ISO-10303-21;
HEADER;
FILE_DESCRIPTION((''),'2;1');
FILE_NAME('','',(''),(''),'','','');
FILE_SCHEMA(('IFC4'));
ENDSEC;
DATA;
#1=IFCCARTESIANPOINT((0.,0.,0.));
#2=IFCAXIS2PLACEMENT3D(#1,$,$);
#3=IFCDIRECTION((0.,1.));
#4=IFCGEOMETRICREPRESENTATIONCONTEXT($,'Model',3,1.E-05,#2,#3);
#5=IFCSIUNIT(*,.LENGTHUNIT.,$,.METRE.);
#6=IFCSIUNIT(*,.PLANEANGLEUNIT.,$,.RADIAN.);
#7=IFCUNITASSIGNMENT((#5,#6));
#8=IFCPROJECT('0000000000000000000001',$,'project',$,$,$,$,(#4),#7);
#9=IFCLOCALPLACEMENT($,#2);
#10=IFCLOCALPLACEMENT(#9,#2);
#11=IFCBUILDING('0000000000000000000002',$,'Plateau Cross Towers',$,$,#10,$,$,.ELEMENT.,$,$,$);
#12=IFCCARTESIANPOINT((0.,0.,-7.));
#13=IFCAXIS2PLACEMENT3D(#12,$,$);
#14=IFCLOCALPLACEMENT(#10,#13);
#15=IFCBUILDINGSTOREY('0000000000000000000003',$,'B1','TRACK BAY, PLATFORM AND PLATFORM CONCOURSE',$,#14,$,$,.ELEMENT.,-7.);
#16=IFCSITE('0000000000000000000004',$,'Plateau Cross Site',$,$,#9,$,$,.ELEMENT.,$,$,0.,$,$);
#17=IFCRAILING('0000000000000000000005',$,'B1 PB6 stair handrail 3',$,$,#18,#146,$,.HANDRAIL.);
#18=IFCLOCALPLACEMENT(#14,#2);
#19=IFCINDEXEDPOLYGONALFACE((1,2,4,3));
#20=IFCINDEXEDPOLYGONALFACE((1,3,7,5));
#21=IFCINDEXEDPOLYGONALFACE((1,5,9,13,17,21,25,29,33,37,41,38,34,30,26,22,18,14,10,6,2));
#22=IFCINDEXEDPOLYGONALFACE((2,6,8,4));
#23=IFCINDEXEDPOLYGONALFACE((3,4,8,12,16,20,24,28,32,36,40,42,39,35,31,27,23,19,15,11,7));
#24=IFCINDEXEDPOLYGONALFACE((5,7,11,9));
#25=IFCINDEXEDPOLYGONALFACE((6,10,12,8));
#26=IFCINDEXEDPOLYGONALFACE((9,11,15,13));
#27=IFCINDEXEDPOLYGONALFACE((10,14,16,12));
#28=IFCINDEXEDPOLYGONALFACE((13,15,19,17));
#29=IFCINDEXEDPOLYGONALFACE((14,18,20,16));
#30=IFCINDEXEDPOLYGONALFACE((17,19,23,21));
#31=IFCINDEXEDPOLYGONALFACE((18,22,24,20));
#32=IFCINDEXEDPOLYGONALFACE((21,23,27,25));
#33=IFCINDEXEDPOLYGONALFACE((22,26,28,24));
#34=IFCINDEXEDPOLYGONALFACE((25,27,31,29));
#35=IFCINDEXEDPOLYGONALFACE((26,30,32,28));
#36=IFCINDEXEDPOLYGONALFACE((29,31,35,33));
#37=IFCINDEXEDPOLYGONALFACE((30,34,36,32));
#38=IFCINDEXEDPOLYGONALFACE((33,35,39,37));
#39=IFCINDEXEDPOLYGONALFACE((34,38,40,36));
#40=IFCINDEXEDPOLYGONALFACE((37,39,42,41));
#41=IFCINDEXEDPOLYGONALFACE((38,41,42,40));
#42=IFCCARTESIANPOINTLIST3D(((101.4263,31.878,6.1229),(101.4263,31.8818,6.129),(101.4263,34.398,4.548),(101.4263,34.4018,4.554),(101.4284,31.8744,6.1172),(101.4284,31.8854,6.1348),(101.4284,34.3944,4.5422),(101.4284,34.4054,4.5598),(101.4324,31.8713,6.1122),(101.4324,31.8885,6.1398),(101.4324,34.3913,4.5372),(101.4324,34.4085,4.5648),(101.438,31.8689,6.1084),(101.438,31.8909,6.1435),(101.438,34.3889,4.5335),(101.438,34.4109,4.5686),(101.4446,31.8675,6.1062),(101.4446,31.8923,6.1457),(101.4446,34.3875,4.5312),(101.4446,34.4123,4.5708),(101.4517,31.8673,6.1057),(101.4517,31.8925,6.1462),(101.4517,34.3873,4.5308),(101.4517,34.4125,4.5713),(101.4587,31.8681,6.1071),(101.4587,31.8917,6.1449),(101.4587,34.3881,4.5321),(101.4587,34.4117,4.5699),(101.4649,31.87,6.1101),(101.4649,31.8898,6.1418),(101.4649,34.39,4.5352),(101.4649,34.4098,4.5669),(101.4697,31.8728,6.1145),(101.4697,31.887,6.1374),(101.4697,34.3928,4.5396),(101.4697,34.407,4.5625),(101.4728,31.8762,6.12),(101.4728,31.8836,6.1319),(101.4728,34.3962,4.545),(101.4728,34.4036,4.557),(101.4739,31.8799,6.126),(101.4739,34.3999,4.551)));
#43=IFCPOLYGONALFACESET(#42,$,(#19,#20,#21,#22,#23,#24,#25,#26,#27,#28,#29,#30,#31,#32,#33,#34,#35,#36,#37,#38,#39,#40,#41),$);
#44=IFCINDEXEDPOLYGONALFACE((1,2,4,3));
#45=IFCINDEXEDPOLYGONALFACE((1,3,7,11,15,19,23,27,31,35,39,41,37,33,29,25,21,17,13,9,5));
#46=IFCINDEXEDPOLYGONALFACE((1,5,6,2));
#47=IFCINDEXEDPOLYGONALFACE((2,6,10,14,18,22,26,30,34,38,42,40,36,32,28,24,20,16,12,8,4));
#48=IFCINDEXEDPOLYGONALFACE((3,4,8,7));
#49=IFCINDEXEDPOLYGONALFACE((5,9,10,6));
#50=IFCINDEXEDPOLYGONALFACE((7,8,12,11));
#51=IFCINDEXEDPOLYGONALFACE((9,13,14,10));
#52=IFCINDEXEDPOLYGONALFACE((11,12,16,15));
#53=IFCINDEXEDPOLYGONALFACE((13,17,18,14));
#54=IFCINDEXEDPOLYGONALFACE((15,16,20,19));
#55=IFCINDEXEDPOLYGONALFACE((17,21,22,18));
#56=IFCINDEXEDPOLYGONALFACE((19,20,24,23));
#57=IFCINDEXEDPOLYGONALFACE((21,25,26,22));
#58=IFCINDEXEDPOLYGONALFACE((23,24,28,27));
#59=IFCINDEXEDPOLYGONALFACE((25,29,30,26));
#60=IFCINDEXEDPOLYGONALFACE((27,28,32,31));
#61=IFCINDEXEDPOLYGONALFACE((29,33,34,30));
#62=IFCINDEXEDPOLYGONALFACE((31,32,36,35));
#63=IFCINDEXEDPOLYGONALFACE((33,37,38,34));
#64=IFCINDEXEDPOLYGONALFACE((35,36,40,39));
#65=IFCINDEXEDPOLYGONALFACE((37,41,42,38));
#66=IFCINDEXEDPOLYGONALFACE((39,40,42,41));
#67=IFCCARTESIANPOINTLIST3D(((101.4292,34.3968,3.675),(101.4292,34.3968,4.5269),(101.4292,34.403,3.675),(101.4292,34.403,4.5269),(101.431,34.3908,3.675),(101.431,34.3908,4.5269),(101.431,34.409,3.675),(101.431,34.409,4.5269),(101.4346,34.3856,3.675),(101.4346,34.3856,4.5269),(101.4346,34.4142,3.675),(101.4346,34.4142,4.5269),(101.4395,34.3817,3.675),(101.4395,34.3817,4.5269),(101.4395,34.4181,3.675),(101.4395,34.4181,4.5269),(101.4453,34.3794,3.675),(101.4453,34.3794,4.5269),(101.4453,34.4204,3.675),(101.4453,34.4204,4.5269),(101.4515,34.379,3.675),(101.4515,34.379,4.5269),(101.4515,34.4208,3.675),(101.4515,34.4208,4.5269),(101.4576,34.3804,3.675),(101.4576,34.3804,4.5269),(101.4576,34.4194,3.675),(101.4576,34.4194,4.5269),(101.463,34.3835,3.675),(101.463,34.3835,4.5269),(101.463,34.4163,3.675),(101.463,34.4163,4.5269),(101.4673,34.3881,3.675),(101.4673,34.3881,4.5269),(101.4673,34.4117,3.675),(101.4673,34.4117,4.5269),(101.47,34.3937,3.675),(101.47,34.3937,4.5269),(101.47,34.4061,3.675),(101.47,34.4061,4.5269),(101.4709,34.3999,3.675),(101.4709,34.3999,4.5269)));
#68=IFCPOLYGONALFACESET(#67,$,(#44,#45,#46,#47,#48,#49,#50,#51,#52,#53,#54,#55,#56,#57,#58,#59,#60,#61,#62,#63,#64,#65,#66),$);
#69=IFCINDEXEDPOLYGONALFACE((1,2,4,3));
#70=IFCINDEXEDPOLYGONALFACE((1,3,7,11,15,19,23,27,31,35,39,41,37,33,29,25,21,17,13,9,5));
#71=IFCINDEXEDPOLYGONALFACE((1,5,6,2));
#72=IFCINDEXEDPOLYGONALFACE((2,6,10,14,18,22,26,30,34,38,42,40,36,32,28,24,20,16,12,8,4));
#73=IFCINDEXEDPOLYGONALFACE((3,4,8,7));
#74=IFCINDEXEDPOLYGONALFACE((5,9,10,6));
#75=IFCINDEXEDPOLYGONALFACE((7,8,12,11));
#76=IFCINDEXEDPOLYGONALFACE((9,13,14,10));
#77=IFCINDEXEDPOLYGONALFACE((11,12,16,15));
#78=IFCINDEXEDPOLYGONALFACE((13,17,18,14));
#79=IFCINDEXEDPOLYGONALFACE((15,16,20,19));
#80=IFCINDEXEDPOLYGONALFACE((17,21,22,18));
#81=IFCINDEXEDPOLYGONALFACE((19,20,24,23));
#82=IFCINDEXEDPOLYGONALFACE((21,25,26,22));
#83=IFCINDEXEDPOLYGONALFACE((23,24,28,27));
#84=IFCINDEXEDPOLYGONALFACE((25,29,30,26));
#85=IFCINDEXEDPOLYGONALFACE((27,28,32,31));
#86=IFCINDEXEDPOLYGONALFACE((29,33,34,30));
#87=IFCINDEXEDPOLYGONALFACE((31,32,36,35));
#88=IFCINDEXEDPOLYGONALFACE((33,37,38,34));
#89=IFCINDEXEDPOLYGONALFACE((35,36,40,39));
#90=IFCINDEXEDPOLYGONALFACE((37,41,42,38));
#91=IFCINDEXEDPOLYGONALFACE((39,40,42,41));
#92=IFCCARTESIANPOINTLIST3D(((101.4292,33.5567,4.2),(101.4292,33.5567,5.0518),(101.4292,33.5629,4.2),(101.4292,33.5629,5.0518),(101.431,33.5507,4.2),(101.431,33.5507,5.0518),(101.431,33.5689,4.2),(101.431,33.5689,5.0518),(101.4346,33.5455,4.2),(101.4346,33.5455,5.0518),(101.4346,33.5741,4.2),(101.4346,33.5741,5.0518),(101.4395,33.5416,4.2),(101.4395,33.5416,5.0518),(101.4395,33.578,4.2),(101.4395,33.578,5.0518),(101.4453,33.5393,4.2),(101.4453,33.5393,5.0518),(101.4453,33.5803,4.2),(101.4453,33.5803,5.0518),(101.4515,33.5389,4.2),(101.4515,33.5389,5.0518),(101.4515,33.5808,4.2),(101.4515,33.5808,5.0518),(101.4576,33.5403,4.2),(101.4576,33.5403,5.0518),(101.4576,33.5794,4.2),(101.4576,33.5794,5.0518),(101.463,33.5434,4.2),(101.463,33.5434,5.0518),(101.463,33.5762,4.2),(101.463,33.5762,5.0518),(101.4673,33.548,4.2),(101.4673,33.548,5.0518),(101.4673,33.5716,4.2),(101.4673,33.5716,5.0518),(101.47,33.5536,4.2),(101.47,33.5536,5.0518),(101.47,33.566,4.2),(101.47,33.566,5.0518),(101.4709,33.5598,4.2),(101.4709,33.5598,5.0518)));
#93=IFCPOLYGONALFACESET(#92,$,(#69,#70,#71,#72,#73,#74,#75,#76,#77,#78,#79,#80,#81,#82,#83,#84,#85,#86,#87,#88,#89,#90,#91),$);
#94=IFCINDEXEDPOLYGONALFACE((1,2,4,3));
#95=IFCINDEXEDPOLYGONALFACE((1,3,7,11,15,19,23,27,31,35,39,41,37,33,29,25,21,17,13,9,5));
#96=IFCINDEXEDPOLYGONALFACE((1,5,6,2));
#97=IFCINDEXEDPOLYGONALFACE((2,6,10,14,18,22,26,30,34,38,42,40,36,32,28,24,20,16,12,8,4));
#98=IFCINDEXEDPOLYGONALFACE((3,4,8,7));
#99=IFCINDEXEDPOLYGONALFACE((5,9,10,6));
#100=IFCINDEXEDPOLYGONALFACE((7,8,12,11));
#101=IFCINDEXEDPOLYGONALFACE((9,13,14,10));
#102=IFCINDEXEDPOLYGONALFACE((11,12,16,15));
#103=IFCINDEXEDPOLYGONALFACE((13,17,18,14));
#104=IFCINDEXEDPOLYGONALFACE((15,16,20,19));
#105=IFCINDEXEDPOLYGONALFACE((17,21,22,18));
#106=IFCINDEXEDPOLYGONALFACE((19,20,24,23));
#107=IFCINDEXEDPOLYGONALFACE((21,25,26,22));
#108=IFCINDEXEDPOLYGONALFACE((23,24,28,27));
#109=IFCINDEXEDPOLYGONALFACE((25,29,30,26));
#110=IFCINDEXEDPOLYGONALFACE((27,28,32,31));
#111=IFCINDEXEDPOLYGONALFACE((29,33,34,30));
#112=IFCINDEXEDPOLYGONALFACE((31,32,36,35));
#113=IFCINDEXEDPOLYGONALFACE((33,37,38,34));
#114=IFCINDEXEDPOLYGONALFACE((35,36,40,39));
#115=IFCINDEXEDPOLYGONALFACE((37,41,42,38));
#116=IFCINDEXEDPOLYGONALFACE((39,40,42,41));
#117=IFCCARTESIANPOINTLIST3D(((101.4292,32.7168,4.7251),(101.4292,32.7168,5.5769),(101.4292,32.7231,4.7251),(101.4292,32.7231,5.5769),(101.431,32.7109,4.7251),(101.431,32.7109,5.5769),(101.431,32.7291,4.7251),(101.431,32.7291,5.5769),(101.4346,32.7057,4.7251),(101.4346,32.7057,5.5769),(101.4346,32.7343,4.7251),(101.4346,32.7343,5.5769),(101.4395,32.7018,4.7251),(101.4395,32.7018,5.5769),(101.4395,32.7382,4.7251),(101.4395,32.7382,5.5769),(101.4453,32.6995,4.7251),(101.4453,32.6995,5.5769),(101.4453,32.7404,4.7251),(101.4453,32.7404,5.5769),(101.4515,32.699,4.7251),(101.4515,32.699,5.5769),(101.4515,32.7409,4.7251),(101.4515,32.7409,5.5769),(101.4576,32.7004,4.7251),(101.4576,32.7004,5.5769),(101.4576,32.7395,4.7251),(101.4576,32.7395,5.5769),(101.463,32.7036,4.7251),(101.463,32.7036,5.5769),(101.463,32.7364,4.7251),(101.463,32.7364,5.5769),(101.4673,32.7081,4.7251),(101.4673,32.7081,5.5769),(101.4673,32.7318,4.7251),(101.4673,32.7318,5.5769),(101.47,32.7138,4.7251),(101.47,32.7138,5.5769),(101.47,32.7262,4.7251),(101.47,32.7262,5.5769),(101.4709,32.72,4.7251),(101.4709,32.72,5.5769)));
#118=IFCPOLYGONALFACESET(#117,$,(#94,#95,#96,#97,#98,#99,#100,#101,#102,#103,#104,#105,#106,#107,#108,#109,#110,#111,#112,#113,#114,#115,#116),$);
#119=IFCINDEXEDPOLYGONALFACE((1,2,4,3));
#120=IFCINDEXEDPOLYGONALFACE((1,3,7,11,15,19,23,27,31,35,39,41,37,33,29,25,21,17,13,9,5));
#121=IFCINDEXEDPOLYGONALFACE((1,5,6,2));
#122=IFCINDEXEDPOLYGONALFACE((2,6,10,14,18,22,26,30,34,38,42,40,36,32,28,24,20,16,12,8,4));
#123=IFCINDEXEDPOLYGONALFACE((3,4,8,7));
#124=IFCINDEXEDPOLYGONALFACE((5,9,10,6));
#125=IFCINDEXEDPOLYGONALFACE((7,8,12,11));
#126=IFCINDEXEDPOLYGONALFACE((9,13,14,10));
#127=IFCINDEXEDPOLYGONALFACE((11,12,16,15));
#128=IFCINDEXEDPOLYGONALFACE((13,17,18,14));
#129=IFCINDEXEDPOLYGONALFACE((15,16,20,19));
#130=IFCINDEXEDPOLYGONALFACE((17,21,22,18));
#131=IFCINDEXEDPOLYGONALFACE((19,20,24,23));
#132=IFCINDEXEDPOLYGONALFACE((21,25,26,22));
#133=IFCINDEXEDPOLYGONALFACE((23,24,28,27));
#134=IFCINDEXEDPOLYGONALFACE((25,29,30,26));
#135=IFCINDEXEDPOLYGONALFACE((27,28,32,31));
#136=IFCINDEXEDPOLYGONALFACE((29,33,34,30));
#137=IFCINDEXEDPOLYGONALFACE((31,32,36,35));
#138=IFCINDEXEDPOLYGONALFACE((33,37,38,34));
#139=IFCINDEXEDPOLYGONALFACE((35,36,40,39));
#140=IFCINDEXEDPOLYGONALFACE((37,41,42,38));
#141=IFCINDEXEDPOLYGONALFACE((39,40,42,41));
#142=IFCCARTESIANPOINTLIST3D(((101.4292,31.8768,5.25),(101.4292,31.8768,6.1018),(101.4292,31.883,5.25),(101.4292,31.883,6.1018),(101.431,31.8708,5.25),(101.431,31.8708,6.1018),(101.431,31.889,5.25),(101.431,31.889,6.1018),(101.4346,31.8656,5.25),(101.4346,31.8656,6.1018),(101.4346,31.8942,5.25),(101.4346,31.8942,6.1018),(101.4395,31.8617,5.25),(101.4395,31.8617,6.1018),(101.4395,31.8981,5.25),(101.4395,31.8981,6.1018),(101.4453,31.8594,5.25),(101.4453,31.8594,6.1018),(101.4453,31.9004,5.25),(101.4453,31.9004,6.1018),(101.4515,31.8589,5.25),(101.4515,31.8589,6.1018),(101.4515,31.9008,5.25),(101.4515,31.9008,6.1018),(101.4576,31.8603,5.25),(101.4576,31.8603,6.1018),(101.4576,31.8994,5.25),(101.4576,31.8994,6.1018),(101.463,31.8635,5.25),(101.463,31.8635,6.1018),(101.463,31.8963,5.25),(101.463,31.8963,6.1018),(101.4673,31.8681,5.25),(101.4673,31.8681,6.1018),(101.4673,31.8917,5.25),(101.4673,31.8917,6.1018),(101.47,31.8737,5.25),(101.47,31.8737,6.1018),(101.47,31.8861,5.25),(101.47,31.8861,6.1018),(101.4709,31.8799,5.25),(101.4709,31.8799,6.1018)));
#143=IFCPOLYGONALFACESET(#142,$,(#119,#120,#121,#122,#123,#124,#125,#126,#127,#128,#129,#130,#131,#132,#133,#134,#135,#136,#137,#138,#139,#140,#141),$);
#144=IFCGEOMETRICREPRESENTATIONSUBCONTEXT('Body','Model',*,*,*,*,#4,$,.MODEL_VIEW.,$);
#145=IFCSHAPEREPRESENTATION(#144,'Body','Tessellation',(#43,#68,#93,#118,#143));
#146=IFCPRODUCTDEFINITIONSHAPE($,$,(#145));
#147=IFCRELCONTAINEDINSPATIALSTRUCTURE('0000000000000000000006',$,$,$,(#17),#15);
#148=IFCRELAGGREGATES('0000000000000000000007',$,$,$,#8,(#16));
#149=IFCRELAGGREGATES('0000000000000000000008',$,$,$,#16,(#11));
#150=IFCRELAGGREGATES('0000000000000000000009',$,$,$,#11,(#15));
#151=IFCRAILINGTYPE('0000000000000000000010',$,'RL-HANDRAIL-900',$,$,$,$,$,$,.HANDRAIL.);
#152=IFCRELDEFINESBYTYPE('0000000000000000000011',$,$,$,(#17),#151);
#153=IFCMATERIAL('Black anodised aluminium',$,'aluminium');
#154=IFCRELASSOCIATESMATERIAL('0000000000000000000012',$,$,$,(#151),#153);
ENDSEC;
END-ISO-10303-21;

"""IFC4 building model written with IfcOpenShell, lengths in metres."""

from ifc_helpers import new_model, si_unit, direction, frame, origin, origin_2d, place, context, subcontext, project, spatial, circle, extrude, material, type_object, element, save


model = new_model("IFC4")

# Units and contexts
model_context = context("Model", 3, precision=1e-05, world=origin(), true_north=direction((0.0, 1.0)))
body_context = subcontext(model_context, "Body", "Model", "MODEL_VIEW")
ifc_project = project(units=[si_unit("LENGTHUNIT", "METRE"), si_unit("PLANEANGLEUNIT", "RADIAN")], contexts=[model_context])

# Site, building, storey
site_placement = place(None, origin())
site = spatial("IfcSite", under=ifc_project, at=site_placement, Name="Plateau Cross Site", CompositionType="ELEMENT", RefElevation=0.0)
building_placement = place(site_placement, origin())
building = spatial("IfcBuilding", under=site, at=building_placement, Name="Plateau Cross Towers", CompositionType="ELEMENT")
storey_placement = place(building_placement, frame((0.0, 0.0, -7.0)))
storey = spatial("IfcBuildingStorey", under=building, at=storey_placement, Name="B1", Description="TRACK BAY, PLATFORM AND PLATFORM CONCOURSE", CompositionType="ELEMENT", Elevation=-7.0)

# Railing
ifc_material_1 = material(Name="Black anodised aluminium", Category="aluminium")
railing_type_1 = type_object("IfcRailingType", Name="RL-HANDRAIL-900", PredefinedType="HANDRAIL", material=ifc_material_1)
railing_1_placement = place(storey_placement, frame((101.45, 34.3999, 3.675)))
element("IfcRailing", 1, at=railing_1_placement, inside=storey, type_object=railing_type_1, Name="B1 PB6 stair handrail 3", PredefinedType="HANDRAIL", context=body_context, shape_type="SweptSolid", body=[
    extrude(circle(Radius=0.0239, at=origin_2d()), frame((0.0, 0.0, 0.876), z_axis=(0.0, -0.848008, 0.529984), x_axis=(1.0, 0.0, 0.0)), (0.0, 0.0, 1.0), 2.9717),
    extrude(circle(Radius=0.021, at=origin_2d()), origin(), (0.0, 0.0, 1.0), 0.8518),
    extrude(circle(Radius=0.021, at=origin_2d()), frame((0.0, -0.8401, 0.5249)), (0.0, 0.0, 1.0), 0.8518),
    extrude(circle(Radius=0.021, at=origin_2d()), frame((0.0, -1.6799, 1.05)), (0.0, 0.0, 1.0), 0.8518),
    extrude(circle(Radius=0.021, at=origin_2d()), frame((0.0, -2.52, 1.575)), (0.0, 0.0, 1.0), 0.8518),
])

save(model, "model.ifc")
